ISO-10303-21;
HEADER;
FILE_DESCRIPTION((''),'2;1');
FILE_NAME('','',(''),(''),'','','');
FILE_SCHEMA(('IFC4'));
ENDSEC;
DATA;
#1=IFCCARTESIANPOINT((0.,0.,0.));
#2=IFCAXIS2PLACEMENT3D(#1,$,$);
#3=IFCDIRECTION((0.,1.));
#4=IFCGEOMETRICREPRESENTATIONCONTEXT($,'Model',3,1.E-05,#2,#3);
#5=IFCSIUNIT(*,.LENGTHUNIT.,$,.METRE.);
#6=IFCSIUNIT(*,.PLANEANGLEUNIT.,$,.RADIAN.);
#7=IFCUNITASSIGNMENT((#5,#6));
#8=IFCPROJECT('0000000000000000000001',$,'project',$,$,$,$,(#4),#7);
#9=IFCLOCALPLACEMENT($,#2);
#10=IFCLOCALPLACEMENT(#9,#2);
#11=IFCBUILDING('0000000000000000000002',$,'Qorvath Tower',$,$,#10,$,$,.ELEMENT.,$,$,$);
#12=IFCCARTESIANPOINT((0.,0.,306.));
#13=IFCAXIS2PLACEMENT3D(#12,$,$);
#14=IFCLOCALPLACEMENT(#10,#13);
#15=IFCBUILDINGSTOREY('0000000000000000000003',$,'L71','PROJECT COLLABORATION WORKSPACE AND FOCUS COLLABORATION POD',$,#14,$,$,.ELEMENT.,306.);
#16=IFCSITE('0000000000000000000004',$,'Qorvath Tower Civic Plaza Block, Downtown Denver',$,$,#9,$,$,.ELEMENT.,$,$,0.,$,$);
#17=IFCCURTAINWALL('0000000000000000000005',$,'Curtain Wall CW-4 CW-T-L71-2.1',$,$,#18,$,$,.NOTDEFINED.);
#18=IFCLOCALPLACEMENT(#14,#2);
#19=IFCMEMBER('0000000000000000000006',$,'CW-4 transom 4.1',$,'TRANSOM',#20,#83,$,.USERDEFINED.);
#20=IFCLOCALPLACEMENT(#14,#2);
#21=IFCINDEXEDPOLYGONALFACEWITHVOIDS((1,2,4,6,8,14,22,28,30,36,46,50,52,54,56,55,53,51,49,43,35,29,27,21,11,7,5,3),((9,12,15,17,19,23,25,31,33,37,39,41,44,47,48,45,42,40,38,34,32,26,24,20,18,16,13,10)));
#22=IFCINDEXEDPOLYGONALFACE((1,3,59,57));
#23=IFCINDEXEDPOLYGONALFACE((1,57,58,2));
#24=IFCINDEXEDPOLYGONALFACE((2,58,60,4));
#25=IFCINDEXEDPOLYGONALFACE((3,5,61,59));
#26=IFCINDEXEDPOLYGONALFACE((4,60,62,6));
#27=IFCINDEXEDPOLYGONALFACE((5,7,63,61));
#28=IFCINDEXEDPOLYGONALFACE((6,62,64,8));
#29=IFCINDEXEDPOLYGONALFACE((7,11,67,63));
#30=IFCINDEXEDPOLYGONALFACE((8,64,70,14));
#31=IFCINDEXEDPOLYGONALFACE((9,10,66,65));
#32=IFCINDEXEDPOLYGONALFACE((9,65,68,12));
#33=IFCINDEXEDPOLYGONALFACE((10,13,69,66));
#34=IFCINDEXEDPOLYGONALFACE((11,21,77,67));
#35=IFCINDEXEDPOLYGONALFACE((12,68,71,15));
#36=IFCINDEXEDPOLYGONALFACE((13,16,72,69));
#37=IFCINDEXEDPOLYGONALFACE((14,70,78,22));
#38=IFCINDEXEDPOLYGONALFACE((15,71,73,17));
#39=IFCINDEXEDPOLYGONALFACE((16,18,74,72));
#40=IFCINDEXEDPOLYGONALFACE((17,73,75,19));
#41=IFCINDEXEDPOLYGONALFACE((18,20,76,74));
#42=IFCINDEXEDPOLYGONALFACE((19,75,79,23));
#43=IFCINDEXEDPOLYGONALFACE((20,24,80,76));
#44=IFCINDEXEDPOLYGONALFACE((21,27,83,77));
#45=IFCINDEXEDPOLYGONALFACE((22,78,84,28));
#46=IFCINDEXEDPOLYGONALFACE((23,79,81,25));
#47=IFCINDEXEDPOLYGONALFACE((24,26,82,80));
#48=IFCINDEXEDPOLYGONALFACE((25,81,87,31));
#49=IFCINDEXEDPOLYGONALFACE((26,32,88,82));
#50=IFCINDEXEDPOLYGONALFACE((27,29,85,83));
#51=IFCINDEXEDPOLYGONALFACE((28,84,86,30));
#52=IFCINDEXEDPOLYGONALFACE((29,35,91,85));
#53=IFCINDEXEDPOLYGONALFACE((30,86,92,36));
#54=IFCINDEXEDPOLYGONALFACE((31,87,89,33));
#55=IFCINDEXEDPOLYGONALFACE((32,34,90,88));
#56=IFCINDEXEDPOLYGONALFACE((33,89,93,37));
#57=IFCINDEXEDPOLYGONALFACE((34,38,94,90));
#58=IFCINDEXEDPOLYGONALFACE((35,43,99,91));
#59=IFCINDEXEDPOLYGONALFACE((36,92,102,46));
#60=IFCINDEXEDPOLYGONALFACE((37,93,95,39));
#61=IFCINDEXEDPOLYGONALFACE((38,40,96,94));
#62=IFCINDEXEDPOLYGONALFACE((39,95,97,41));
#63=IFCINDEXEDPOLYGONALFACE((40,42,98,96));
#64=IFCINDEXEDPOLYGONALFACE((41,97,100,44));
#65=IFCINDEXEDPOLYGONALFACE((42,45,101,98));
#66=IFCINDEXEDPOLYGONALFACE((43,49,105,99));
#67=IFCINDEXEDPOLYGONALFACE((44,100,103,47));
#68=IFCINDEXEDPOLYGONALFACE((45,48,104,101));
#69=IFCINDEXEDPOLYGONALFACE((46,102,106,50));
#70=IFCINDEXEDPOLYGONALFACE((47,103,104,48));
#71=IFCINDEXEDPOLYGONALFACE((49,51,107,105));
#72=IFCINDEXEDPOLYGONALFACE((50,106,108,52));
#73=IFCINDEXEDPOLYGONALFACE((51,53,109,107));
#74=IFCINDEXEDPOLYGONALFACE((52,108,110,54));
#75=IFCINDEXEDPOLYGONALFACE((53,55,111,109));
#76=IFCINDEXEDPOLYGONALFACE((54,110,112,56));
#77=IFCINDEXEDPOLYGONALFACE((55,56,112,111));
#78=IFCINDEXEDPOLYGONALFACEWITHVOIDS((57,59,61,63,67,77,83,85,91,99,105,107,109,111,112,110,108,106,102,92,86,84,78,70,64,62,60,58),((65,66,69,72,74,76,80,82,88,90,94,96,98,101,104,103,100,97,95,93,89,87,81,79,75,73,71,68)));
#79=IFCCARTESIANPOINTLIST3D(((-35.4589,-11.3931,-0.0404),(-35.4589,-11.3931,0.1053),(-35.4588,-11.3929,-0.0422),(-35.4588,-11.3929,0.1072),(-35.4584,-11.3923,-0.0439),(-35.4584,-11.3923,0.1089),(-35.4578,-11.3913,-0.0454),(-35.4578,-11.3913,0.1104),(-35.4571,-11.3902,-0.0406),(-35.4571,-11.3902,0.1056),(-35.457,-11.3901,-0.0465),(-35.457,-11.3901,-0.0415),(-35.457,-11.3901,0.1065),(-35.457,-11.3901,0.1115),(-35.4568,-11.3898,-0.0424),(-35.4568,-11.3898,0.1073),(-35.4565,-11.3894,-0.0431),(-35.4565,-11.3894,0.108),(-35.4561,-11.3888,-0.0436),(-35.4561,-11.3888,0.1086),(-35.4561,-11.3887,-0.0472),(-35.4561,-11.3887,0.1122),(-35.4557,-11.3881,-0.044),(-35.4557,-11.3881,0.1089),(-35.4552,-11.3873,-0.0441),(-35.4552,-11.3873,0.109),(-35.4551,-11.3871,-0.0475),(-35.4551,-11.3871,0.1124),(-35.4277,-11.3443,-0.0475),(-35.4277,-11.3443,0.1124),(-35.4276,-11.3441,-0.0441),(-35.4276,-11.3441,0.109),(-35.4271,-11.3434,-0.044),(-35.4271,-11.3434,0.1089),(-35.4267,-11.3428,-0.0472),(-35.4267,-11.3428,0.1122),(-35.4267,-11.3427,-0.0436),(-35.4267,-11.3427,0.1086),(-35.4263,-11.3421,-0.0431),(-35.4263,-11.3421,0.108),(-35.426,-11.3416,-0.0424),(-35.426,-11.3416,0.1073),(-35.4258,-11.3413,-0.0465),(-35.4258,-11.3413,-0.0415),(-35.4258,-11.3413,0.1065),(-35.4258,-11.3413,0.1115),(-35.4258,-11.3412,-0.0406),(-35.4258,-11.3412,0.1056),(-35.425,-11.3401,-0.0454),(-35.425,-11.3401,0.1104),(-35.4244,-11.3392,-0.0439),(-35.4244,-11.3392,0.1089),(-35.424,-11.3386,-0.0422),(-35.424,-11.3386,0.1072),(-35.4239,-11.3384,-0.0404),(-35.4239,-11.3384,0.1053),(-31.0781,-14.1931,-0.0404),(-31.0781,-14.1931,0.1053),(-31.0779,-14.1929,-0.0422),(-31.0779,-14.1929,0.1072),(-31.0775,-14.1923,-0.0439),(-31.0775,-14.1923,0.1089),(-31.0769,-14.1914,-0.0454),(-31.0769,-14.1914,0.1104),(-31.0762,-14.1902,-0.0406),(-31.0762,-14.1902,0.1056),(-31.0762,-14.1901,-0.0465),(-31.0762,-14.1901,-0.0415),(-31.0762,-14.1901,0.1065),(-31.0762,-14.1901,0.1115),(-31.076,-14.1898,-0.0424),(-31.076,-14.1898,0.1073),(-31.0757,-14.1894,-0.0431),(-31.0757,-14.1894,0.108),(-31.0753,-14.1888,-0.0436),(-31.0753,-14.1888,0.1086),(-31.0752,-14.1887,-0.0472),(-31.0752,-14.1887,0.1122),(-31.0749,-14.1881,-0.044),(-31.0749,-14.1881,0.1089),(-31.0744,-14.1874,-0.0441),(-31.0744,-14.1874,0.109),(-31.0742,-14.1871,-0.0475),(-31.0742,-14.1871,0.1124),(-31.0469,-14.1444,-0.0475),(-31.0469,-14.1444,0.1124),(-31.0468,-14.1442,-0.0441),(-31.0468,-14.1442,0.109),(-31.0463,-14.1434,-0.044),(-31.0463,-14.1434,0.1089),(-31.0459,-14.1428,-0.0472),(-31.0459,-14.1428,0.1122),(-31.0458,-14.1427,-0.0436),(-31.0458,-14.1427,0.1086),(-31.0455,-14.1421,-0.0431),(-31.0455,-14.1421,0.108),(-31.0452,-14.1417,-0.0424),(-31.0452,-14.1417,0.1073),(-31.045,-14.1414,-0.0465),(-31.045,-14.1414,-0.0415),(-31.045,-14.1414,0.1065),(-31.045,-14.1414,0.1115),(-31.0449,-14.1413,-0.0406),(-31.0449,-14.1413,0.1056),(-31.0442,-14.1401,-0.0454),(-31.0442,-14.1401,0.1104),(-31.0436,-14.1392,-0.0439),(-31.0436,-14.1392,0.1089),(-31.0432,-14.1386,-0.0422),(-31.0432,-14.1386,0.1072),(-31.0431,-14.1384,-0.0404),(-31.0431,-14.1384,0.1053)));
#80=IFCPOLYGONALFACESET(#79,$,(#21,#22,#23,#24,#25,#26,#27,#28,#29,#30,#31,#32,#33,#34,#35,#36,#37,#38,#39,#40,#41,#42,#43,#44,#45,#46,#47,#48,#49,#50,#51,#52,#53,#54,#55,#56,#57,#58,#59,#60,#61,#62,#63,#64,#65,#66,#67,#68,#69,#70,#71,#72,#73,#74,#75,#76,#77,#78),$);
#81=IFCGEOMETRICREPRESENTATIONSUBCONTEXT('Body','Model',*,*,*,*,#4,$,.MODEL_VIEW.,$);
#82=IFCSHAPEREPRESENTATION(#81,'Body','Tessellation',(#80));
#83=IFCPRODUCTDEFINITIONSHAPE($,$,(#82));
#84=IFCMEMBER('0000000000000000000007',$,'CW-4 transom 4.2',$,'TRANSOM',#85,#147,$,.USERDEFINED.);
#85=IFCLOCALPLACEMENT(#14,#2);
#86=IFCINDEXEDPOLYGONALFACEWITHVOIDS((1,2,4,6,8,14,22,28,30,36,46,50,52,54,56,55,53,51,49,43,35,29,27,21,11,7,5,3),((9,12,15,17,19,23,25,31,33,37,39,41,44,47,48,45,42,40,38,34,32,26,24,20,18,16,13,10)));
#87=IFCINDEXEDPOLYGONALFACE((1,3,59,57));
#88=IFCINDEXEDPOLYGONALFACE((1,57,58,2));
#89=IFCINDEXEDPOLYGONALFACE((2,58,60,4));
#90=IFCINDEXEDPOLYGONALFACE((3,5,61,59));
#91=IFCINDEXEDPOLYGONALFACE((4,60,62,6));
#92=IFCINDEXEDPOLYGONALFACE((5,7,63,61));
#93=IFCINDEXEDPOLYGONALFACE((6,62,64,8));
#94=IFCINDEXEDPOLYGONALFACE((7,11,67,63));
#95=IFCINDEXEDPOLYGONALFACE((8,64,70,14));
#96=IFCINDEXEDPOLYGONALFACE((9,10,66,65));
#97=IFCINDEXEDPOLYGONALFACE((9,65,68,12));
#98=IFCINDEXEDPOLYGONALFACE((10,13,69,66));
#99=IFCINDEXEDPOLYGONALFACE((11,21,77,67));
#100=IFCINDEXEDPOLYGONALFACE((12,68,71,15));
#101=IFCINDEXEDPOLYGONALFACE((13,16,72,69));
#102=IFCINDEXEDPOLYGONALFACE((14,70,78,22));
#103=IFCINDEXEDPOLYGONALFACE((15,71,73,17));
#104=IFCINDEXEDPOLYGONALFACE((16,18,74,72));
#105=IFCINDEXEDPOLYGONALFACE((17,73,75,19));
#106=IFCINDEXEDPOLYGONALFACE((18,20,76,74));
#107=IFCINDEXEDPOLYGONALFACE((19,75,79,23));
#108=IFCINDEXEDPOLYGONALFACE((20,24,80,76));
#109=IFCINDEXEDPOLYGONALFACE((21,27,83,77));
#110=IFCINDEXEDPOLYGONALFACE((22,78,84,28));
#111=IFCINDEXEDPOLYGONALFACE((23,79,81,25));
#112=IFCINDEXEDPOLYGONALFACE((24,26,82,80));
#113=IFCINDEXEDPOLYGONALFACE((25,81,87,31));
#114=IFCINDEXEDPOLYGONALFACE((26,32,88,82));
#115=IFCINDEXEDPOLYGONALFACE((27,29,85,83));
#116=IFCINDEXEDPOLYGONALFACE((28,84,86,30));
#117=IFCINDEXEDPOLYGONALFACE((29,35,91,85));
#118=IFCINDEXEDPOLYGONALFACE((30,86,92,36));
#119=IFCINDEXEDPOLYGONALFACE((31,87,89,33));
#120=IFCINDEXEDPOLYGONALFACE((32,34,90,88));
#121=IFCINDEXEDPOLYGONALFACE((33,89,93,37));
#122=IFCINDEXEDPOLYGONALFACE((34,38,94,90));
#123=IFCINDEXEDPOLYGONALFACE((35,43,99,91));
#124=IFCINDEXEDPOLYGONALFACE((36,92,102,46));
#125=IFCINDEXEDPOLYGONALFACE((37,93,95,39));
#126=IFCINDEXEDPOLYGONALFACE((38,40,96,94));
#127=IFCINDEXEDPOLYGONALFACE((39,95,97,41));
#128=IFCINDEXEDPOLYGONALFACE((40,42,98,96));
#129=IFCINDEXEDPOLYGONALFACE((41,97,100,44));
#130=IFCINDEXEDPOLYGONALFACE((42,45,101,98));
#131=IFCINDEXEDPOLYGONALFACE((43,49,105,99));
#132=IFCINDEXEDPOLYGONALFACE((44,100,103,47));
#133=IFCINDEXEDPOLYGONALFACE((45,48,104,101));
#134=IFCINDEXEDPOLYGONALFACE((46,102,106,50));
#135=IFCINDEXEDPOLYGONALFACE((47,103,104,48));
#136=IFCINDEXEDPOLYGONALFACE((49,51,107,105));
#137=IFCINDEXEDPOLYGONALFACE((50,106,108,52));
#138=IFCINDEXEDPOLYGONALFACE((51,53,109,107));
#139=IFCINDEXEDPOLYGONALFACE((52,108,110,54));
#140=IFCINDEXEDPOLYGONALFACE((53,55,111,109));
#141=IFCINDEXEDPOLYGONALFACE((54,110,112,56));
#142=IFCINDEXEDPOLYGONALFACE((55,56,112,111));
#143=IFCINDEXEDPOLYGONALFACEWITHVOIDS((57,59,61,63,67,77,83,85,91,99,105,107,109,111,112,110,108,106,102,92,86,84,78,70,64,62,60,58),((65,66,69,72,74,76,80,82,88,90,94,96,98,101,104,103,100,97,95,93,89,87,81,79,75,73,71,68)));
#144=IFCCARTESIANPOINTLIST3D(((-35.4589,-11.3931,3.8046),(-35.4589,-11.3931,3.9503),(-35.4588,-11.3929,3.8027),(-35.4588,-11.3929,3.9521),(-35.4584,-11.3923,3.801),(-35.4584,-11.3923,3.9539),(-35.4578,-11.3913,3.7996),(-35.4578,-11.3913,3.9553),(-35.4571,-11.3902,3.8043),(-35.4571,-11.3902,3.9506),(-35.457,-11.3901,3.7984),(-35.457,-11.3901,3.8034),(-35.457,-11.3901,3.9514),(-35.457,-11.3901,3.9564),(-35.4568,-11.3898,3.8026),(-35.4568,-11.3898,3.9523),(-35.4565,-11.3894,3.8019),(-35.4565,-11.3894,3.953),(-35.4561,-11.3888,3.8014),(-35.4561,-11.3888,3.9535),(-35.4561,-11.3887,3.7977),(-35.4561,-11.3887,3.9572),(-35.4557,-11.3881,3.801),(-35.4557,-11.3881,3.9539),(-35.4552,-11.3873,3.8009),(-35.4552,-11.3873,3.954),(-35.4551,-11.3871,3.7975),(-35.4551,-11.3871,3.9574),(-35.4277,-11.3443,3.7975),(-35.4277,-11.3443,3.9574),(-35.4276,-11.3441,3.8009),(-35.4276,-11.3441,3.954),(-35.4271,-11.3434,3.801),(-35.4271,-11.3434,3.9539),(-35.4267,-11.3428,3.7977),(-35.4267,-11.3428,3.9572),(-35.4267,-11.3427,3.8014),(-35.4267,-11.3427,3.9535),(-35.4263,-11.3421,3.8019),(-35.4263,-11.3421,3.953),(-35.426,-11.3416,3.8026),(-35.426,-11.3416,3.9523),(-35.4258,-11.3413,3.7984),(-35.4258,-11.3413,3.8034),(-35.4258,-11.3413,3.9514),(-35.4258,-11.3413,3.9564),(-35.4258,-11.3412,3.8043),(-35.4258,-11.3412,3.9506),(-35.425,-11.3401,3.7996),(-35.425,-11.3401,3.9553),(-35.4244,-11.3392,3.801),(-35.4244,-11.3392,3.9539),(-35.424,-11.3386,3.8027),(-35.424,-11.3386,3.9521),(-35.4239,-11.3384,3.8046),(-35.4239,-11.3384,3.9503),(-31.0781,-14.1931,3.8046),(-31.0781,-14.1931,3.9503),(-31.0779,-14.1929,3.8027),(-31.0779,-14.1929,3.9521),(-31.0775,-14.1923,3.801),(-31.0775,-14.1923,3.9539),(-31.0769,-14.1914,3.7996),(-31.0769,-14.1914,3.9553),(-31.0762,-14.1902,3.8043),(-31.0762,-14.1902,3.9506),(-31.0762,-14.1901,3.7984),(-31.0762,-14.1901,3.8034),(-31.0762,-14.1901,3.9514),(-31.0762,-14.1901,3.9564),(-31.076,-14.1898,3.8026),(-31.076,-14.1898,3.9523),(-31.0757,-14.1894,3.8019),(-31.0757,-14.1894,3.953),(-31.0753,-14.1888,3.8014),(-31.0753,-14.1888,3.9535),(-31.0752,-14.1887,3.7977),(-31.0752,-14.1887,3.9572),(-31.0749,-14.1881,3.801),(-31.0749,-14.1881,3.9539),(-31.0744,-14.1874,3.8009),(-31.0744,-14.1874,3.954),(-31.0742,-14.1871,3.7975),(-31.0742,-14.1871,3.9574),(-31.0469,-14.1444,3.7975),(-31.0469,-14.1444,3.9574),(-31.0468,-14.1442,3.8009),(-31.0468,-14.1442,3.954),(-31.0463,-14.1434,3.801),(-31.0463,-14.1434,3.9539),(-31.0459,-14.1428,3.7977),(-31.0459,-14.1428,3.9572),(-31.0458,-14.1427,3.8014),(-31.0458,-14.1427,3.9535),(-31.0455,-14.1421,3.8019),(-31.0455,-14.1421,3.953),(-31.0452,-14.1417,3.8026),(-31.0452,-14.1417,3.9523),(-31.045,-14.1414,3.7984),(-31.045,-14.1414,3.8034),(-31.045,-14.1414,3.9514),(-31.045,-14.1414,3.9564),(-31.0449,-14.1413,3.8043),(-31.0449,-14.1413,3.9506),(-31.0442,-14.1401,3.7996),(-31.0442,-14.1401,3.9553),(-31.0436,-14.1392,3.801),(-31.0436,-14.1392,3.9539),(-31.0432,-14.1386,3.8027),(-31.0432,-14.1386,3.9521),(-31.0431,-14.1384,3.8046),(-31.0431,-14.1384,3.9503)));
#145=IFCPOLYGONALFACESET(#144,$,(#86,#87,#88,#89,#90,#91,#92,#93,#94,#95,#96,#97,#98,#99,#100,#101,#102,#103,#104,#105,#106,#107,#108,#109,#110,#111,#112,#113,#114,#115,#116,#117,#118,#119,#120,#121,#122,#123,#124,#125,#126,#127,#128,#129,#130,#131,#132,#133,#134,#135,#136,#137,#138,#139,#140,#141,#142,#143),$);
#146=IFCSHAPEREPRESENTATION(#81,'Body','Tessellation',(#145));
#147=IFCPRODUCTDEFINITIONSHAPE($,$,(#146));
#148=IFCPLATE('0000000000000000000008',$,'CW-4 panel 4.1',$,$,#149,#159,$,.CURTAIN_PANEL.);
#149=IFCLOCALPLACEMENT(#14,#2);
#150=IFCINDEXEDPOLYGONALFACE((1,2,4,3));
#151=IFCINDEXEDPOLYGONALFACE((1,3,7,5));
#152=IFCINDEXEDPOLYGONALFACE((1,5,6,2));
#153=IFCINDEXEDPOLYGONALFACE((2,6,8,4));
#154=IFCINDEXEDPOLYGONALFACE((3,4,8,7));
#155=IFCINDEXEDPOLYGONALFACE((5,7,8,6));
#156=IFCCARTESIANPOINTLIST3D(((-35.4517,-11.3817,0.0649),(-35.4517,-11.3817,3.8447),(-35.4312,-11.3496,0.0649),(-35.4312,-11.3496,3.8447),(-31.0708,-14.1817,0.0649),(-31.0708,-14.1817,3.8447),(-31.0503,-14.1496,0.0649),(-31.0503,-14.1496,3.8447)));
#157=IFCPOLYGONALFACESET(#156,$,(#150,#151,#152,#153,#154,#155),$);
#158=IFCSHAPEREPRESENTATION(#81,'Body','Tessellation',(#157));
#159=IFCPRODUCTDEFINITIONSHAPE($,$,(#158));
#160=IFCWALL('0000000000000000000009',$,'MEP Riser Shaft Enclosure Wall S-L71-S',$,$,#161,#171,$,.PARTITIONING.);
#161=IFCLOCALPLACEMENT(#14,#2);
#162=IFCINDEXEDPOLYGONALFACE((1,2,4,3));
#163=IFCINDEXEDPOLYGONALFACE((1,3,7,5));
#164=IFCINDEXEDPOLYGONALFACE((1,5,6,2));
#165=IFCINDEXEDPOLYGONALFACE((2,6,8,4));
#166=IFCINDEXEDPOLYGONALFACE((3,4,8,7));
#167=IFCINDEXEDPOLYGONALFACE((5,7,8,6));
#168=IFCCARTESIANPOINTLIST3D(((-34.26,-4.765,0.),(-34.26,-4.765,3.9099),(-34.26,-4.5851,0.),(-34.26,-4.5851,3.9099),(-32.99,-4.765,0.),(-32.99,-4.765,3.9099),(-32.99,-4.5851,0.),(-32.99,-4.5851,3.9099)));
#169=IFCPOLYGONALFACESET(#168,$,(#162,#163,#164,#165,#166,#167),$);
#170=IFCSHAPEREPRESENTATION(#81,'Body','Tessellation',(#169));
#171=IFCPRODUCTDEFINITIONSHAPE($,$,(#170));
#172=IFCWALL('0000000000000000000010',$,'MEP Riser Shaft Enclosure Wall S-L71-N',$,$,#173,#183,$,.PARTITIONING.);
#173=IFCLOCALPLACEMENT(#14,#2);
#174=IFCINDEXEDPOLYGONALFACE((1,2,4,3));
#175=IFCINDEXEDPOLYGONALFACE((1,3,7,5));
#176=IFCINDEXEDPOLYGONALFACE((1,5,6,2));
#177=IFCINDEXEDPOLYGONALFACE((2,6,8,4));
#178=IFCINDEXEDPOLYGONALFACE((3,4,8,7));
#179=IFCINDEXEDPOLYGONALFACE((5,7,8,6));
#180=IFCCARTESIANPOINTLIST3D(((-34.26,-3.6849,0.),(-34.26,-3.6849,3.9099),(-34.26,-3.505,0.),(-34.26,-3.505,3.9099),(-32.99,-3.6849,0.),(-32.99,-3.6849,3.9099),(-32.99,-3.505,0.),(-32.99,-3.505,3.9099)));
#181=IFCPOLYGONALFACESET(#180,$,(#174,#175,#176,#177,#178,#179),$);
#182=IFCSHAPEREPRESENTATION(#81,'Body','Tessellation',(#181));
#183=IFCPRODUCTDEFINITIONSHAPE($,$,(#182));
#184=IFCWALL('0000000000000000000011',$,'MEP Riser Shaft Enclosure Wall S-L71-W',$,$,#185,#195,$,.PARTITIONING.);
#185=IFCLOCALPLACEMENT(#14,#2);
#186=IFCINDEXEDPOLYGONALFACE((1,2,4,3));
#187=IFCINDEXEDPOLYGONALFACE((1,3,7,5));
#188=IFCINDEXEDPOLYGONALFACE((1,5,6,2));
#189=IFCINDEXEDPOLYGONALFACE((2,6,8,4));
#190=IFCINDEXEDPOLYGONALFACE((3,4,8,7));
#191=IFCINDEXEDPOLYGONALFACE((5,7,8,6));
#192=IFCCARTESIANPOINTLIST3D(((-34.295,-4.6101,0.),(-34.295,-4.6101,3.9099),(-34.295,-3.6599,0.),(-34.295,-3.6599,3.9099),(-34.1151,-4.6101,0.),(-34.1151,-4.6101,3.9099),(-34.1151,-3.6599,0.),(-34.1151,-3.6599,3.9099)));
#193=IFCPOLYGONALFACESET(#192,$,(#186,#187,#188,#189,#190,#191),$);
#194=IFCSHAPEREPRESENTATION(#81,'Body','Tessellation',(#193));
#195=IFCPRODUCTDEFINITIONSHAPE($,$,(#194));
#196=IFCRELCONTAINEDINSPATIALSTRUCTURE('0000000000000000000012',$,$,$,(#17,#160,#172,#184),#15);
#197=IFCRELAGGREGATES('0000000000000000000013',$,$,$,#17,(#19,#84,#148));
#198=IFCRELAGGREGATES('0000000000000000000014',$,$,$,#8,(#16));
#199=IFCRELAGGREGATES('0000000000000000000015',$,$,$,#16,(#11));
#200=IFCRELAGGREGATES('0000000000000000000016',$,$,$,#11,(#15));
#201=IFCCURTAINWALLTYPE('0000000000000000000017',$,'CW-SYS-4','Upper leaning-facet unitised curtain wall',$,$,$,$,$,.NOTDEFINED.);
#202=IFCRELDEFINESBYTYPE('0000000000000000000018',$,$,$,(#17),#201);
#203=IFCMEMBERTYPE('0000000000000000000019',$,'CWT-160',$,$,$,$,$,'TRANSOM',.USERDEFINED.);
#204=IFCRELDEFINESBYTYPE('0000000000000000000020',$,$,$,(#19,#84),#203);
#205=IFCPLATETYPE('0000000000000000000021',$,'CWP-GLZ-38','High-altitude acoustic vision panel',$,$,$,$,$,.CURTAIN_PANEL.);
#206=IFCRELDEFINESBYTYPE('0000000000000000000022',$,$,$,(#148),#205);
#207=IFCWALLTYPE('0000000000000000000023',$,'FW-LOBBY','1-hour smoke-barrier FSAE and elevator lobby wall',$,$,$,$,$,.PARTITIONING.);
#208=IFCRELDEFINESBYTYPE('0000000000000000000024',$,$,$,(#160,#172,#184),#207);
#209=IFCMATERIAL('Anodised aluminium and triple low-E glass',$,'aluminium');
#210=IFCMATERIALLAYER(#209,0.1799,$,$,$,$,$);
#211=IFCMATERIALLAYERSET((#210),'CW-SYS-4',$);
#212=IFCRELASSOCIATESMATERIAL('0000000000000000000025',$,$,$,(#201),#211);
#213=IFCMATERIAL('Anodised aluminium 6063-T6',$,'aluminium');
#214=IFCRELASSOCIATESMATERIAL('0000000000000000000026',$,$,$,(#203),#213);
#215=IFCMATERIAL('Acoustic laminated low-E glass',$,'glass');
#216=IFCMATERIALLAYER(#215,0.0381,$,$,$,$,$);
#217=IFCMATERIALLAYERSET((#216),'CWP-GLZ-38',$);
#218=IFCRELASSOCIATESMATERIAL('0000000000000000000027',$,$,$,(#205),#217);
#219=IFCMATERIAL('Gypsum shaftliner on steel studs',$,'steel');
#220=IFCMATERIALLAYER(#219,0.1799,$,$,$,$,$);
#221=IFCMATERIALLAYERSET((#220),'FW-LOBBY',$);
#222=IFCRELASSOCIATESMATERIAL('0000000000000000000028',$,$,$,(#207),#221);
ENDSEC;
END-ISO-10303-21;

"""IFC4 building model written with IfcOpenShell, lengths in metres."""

from ifc_helpers import new_model, si_unit, direction, frame, frame_2d, origin, origin_2d, place, context, subcontext, project, spatial, rectangle, hollow_rectangle, extrude, material, layer, layer_set, material_profile, profile_set, type_object, element, aggregate, save


model = new_model("IFC4")

# Units and contexts
model_context = context("Model", 3, precision=1e-05, world=origin(), true_north=direction((0.0, 1.0)))
body_context = subcontext(model_context, "Body", "Model", "MODEL_VIEW")
ifc_project = project(units=[si_unit("LENGTHUNIT", "METRE"), si_unit("PLANEANGLEUNIT", "RADIAN")], contexts=[model_context])

# Site, building, storey
site_placement = place(None, origin())
site = spatial("IfcSite", under=ifc_project, at=site_placement, Name="Qorvath Tower Civic Plaza Block, Downtown Denver", CompositionType="ELEMENT", RefElevation=0.0)
building_placement = place(site_placement, origin())
building = spatial("IfcBuilding", under=site, at=building_placement, Name="Qorvath Tower", CompositionType="ELEMENT")
storey_placement = place(building_placement, frame((0.0, 0.0, 306.0)))
storey = spatial("IfcBuildingStorey", under=building, at=storey_placement, Name="L71", Description="PROJECT COLLABORATION WORKSPACE AND FOCUS COLLABORATION POD", CompositionType="ELEMENT", Elevation=306.0)

# Curtain wall
ifc_material_1 = material(Name="Anodised aluminium and triple low-E glass", Category="aluminium")
ifc_layer_1 = layer(ifc_material_1, 0.1799)
ifc_layer_set_1 = layer_set([ifc_layer_1], Name="CW-SYS-4")
curtain_wall_type = type_object("IfcCurtainWallType", Name="CW-SYS-4", Description="Upper leaning-facet unitised curtain wall", PredefinedType="NOTDEFINED", material=ifc_layer_set_1)
curtain_wall_1_placement = place(storey_placement, origin())
curtain_wall_1 = element("IfcCurtainWall", 1, at=curtain_wall_1_placement, inside=storey, type_object=curtain_wall_type, Name="Curtain Wall CW-4 CW-T-L71-2.1", PredefinedType="NOTDEFINED")

# Members
ifc_material_2 = material(Name="Anodised aluminium 6063-T6", Category="aluminium")
ifc_material_profile_1 = material_profile(ifc_material_2, hollow_rectangle(XDim=0.0649, YDim=0.1599, WallThickness=0.0034, InnerFilletRadius=0.0034, OuterFilletRadius=0.0071, at=origin_2d()), Name="CWT 160x65")
ifc_profile_set_1 = profile_set([ifc_material_profile_1], Name="Anodised aluminium 6063-T6")
member_type_1 = type_object("IfcMemberType", Name="CWT-160", ElementType="TRANSOM", PredefinedType="USERDEFINED", material=ifc_profile_set_1)
member_1_placement = place(storey_placement, frame((-35.4414, -11.3657, 0.0325), z_axis=(0.842594, -0.538549, 0.0), x_axis=(0.538549, 0.842594, 0.0)))
member_1 = element("IfcMember", 2, at=member_1_placement, type_object=member_type_1, Name="CW-4 transom 4.1", ObjectType="TRANSOM", PredefinedType="USERDEFINED", context=body_context, shape_type="SweptSolid", body=[
    extrude(hollow_rectangle(XDim=0.0649, YDim=0.1599, WallThickness=0.0034, InnerFilletRadius=0.0034, OuterFilletRadius=0.0071, at=origin_2d()), origin(), (0.0, 0.0, 1.0), 5.1992),
])
member_2_placement = place(storey_placement, frame((-35.4414, -11.3657, 3.8774), z_axis=(0.842594, -0.538549, 0.0), x_axis=(0.538549, 0.842594, 0.0)))
member_2 = element("IfcMember", 3, at=member_2_placement, type_object=member_type_1, Name="CW-4 transom 4.2", ObjectType="TRANSOM", PredefinedType="USERDEFINED", context=body_context, shape_type="SweptSolid", body=[
    extrude(hollow_rectangle(XDim=0.0649, YDim=0.1599, WallThickness=0.0034, InnerFilletRadius=0.0034, OuterFilletRadius=0.0071, at=origin_2d()), origin(), (0.0, 0.0, 1.0), 5.1992),
])

# Plate
ifc_material_3 = material(Name="Acoustic laminated low-E glass", Category="glass")
ifc_layer_2 = layer(ifc_material_3, 0.0381)
ifc_layer_set_2 = layer_set([ifc_layer_2], Name="CWP-GLZ-38")
plate_type = type_object("IfcPlateType", Name="CWP-GLZ-38", Description="High-altitude acoustic vision panel", PredefinedType="CURTAIN_PANEL", material=ifc_layer_set_2)
plate_placement = place(storey_placement, frame((-33.251, -12.7656, 0.0649), z_axis=(0.0, 0.0, 1.0), x_axis=(0.842602, -0.538537, 0.0)))
plate = element("IfcPlate", 4, at=plate_placement, type_object=plate_type, Name="CW-4 panel 4.1", PredefinedType="CURTAIN_PANEL", context=body_context, shape_type="SweptSolid", body=[
    extrude(rectangle(XDim=5.1992, YDim=0.0381, at=origin_2d()), origin(), (0.0, 0.0, 1.0), 3.7798),
])
aggregate(curtain_wall_1, [member_1, member_2, plate])

# Walls
ifc_material_4 = material(Name="Gypsum shaftliner on steel studs", Category="steel")
ifc_layer_3 = layer(ifc_material_4, 0.1799)
ifc_layer_set_3 = layer_set([ifc_layer_3], Name="FW-LOBBY")
wall_type_1 = type_object("IfcWallType", Name="FW-LOBBY", Description="1-hour smoke-barrier FSAE and elevator lobby wall", PredefinedType="PARTITIONING", material=ifc_layer_set_3)
for number, where, z_axis, x_axis, name in (
    (5, (-32.99, -4.675, 0.0), (0.0, 0.0, 1.0), (-1.0, 0.0, 0.0), "MEP Riser Shaft Enclosure Wall S-L71-S"),
    (6, (-34.26, -3.595, 0.0), (0.0, 0.0, 1.0), (1.0, 0.0, 0.0), "MEP Riser Shaft Enclosure Wall S-L71-N"),
):
    element("IfcWall", number, at=place(storey_placement, frame(where, z_axis=z_axis, x_axis=x_axis)), inside=storey, type_object=wall_type_1, Name=name, PredefinedType="PARTITIONING", context=body_context, shape_type="SweptSolid", body=[
        extrude(rectangle(XDim=1.27, YDim=0.1799, at=frame_2d((0.635, 0.0))), origin(), (0.0, 0.0, 1.0), 3.9099),
    ])
for number, where, z_axis, x_axis, name in (
    (7, (-34.2051, -4.6101, 0.0), (0.0, 0.0, 1.0), (0.0, 1.0, 0.0), "MEP Riser Shaft Enclosure Wall S-L71-W"),
):
    element("IfcWall", number, at=place(storey_placement, frame(where, z_axis=z_axis, x_axis=x_axis)), inside=storey, type_object=wall_type_1, Name=name, PredefinedType="PARTITIONING", context=body_context, shape_type="SweptSolid", body=[
        extrude(rectangle(XDim=0.9502, YDim=0.1799, at=frame_2d((0.4751, 0.0))), origin(), (0.0, 0.0, 1.0), 3.9099),
    ])

save(model, "model.ifc")
